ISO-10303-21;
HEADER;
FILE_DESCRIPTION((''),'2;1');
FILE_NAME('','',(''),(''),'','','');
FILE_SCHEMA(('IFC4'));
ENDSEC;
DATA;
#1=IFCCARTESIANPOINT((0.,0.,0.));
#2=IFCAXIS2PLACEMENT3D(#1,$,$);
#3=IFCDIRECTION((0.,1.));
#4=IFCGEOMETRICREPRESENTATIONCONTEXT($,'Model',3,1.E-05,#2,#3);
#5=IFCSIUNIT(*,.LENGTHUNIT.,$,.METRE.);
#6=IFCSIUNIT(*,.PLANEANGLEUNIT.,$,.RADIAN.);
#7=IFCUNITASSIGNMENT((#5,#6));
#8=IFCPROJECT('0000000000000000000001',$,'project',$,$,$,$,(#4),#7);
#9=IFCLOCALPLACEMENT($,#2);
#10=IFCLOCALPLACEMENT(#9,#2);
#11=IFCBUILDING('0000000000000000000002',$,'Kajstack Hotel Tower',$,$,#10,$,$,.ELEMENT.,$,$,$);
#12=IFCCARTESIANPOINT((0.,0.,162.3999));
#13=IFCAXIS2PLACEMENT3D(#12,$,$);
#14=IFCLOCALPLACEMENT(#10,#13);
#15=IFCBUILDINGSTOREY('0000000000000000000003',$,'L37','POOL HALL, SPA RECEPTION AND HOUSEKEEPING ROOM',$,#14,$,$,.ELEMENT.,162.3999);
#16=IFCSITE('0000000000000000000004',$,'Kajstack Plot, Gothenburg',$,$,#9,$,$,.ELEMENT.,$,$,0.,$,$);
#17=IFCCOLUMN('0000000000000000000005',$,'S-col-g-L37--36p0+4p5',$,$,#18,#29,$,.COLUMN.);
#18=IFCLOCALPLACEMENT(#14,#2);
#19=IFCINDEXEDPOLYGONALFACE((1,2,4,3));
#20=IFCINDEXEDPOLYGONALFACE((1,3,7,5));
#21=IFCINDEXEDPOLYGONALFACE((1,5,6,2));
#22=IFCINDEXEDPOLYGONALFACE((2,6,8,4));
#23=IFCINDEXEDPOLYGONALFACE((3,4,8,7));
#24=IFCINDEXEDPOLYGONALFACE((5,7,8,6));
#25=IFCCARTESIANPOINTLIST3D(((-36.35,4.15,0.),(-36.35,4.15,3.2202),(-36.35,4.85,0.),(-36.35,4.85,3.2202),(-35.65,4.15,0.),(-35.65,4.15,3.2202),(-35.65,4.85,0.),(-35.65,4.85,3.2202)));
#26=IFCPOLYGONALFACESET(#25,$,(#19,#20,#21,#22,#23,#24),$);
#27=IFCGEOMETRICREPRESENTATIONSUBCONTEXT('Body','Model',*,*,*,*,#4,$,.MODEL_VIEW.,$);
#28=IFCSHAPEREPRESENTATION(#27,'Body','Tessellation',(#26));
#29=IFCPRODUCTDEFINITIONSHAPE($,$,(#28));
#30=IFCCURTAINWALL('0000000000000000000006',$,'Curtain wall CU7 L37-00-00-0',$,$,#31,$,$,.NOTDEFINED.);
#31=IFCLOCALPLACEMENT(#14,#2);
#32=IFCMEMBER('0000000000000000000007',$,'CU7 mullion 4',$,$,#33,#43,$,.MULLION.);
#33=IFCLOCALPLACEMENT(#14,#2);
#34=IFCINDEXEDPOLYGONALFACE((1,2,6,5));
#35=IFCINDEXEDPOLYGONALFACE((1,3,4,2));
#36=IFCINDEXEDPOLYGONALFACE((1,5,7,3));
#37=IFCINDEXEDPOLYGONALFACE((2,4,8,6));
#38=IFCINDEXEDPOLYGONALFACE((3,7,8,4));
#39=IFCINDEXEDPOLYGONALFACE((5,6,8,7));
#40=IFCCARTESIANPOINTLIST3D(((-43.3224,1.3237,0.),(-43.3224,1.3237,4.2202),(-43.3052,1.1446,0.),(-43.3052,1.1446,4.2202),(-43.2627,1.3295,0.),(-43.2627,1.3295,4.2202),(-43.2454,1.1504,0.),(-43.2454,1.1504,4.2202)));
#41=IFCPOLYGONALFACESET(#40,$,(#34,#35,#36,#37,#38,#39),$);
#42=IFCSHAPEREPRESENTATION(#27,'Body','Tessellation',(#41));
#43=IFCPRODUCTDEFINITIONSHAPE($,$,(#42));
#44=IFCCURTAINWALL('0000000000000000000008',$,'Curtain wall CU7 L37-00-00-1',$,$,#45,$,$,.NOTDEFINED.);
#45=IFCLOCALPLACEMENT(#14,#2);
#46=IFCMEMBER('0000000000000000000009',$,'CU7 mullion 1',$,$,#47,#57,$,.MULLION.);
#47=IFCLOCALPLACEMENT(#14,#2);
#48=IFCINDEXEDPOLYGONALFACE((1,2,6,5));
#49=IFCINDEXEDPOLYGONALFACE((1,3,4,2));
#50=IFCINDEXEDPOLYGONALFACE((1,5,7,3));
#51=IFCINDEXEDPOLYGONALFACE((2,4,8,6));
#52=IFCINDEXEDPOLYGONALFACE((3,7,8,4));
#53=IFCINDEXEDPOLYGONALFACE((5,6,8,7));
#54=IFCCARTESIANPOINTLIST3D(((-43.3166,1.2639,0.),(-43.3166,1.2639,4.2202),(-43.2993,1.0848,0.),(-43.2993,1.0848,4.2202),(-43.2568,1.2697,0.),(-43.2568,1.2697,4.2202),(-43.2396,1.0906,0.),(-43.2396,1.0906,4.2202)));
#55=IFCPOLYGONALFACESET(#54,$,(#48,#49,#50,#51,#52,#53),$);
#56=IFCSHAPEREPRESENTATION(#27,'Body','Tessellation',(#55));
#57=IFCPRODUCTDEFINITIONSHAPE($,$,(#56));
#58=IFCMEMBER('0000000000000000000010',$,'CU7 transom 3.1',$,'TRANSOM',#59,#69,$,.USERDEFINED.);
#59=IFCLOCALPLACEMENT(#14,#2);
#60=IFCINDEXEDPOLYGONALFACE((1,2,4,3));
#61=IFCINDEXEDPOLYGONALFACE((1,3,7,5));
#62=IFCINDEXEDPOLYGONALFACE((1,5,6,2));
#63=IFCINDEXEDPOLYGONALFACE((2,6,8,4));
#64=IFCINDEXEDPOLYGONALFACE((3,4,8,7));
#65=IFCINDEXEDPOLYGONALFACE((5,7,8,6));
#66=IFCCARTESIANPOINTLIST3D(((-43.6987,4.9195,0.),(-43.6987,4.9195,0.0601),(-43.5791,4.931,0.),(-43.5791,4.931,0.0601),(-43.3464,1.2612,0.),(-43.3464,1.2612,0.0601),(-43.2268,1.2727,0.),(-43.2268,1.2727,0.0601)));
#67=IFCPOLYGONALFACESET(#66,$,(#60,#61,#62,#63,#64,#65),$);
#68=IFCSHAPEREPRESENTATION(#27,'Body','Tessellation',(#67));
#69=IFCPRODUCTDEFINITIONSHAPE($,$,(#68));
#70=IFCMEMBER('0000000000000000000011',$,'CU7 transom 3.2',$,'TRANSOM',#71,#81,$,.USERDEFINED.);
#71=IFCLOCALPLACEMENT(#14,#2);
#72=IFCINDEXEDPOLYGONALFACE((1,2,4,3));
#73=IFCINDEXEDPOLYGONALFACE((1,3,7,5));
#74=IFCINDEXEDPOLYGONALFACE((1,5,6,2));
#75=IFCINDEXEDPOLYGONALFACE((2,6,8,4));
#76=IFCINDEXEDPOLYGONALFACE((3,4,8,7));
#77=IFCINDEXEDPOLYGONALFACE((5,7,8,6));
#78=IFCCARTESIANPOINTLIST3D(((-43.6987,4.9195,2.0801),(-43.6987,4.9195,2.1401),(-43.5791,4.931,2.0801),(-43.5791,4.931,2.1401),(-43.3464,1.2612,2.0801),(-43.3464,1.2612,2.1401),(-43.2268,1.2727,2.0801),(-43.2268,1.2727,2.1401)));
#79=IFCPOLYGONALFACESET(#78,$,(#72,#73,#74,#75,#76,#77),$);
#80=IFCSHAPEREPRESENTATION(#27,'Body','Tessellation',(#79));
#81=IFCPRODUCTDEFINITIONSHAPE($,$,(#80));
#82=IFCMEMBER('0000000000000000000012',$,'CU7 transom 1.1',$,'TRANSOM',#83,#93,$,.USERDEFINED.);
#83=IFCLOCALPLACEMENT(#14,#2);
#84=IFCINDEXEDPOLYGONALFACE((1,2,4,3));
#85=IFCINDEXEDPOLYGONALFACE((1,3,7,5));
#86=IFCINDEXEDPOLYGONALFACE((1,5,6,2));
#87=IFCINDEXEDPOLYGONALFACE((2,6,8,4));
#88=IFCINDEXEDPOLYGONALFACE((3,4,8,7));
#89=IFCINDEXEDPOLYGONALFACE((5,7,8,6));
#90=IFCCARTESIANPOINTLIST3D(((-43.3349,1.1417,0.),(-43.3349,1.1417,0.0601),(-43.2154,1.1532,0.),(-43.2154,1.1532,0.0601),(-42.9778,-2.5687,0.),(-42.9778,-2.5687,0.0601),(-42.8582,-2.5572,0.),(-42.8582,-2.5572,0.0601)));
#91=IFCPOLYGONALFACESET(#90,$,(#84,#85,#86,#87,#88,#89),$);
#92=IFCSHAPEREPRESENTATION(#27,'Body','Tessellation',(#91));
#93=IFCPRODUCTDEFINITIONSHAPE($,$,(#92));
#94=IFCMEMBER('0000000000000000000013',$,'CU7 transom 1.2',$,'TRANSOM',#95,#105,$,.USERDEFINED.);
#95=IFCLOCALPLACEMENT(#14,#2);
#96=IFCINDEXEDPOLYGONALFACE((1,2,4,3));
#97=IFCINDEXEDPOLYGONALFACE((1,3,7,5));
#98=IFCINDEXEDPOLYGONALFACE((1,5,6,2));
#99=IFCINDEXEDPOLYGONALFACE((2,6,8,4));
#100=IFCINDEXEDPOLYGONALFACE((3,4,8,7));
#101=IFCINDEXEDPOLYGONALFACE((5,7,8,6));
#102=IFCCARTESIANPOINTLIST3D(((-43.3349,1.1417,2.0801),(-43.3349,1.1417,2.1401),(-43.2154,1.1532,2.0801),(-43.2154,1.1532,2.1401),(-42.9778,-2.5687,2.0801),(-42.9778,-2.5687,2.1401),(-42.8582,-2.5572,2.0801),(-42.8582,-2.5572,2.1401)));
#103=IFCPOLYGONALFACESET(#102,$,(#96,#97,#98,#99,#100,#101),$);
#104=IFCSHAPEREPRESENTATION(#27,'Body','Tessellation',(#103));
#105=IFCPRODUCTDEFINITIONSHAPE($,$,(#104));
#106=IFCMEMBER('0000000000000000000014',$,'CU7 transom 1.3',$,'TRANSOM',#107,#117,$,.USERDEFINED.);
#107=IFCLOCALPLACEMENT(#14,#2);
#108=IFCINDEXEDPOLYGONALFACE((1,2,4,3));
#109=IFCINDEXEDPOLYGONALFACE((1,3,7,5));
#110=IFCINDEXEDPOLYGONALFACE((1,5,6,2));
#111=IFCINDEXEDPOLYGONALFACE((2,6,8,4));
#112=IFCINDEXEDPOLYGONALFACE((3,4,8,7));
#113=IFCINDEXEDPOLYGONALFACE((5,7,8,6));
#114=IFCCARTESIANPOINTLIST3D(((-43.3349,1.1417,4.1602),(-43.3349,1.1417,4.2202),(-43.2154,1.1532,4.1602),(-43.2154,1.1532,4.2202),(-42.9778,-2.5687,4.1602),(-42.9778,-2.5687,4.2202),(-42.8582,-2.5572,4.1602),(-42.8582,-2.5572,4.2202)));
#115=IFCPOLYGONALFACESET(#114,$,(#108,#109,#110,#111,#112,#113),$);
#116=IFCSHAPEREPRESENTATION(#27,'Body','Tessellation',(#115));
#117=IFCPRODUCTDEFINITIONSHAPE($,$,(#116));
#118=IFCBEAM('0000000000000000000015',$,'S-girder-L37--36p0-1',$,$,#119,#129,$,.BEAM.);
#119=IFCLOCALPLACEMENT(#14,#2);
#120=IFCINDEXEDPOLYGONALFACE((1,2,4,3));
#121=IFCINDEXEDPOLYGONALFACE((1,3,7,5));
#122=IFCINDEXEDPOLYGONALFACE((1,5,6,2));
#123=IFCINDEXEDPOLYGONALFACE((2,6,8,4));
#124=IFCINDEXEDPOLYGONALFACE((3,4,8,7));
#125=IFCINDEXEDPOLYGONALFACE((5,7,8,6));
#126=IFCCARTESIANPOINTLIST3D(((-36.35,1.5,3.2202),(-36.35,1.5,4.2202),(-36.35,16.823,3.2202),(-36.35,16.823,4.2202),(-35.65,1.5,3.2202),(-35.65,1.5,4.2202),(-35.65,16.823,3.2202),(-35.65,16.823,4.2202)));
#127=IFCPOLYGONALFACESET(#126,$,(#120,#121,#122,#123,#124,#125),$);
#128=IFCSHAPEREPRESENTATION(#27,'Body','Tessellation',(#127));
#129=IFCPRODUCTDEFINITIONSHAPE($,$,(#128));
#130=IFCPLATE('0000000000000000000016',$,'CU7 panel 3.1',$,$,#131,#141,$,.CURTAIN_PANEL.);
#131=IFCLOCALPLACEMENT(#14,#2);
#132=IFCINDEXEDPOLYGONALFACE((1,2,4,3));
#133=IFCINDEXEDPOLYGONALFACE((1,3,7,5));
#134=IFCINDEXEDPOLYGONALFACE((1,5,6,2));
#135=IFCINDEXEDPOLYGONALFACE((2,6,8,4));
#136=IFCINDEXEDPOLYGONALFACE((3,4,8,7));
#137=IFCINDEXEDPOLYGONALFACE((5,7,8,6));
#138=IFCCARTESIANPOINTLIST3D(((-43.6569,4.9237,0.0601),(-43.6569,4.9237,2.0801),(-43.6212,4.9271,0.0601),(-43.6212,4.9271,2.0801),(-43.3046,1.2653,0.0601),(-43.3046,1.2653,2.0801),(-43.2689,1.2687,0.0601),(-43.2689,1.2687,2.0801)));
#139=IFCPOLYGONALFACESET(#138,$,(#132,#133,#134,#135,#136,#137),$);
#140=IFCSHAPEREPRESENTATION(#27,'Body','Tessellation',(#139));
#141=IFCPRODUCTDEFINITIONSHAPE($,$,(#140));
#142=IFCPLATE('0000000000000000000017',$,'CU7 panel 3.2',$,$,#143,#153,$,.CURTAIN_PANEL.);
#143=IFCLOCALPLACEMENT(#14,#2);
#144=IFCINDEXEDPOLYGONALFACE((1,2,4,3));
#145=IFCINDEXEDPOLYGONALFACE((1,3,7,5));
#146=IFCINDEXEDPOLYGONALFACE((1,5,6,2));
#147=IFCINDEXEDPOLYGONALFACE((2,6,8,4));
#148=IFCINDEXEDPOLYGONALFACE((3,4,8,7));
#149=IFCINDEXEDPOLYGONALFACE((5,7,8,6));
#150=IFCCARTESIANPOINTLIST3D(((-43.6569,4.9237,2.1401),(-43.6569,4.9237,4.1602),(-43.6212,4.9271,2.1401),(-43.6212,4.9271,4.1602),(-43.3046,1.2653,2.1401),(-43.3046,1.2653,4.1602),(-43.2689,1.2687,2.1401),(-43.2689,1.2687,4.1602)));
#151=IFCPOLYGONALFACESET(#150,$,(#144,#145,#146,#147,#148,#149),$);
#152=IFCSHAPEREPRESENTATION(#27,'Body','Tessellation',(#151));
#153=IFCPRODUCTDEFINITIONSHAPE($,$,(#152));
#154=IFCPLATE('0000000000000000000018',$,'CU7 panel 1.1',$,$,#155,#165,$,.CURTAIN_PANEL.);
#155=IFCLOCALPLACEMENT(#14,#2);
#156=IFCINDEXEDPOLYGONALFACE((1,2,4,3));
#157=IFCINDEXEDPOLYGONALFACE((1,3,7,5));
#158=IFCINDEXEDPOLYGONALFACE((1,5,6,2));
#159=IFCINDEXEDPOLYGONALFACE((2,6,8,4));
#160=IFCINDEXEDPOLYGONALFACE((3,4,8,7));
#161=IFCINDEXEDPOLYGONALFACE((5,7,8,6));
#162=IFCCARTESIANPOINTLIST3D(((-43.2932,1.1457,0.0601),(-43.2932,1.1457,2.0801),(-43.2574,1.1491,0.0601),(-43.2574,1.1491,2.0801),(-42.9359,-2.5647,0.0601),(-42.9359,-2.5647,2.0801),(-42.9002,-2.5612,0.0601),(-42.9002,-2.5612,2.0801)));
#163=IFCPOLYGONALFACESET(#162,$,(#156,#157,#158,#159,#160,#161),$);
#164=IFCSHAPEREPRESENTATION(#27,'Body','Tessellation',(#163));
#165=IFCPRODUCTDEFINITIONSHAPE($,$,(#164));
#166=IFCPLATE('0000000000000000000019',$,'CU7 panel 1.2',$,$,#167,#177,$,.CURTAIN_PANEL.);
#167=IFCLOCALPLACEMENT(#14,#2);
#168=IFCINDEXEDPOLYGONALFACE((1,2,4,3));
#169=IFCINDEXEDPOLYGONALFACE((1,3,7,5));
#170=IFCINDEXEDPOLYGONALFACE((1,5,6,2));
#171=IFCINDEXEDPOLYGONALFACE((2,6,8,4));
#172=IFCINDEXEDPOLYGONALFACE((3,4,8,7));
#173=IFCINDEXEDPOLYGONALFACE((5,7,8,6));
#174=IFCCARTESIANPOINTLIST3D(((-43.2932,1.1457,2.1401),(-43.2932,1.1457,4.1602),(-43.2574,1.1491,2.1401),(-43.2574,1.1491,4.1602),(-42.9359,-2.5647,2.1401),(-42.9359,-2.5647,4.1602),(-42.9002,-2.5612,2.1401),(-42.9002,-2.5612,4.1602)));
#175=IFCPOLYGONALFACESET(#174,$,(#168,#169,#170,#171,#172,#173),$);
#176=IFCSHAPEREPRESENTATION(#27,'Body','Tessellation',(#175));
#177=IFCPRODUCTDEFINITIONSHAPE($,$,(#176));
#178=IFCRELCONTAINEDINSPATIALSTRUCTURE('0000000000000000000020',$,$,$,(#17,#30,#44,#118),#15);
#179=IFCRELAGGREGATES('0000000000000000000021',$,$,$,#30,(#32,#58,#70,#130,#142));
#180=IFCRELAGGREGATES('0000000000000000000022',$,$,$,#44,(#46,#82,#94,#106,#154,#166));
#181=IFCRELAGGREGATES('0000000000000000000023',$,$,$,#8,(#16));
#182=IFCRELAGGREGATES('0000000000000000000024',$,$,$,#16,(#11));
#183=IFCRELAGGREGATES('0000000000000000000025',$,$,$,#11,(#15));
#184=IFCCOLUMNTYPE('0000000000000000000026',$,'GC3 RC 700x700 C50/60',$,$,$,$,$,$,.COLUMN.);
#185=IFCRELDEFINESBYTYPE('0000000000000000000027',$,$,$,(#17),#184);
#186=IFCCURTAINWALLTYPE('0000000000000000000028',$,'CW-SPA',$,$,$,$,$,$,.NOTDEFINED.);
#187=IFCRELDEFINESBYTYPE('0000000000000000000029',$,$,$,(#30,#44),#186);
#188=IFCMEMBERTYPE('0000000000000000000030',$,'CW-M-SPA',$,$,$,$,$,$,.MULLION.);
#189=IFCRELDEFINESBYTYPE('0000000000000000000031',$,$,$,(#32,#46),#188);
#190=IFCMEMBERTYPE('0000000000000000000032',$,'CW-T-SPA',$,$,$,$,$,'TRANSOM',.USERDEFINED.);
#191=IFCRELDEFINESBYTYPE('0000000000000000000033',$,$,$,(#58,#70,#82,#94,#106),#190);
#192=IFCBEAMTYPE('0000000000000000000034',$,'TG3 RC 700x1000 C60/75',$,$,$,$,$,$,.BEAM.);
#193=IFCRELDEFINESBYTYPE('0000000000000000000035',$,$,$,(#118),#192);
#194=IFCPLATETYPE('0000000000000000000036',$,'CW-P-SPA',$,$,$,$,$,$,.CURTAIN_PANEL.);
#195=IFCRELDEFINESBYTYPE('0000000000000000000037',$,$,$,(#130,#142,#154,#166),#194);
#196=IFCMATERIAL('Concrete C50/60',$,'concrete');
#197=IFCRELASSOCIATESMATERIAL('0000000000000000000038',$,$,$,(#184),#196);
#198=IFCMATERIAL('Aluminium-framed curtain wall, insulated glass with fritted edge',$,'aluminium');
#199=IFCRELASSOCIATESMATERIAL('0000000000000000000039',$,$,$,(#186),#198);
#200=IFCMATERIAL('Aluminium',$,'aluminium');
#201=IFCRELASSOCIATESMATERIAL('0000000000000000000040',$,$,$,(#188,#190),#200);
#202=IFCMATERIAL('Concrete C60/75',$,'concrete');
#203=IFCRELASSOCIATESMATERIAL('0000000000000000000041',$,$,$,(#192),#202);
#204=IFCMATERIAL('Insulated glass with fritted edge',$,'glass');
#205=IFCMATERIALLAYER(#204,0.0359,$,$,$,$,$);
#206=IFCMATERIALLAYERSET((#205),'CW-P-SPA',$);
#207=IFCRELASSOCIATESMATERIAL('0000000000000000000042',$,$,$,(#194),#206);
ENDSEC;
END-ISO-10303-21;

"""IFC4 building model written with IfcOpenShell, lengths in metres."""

from ifc_helpers import new_model, si_unit, direction, frame, origin, origin_2d, place, context, subcontext, project, spatial, rectangle, extrude, material, layer, layer_set, material_profile, profile_set, type_object, element, aggregate, save


model = new_model("IFC4")

# Units and contexts
model_context = context("Model", 3, precision=1e-05, world=origin(), true_north=direction((0.0, 1.0)))
body_context = subcontext(model_context, "Body", "Model", "MODEL_VIEW")
ifc_project = project(units=[si_unit("LENGTHUNIT", "METRE"), si_unit("PLANEANGLEUNIT", "RADIAN")], contexts=[model_context])

# Site, building, storey
site_placement = place(None, origin())
site = spatial("IfcSite", under=ifc_project, at=site_placement, Name="Kajstack Plot, Gothenburg", CompositionType="ELEMENT", RefElevation=0.0)
building_placement = place(site_placement, origin())
building = spatial("IfcBuilding", under=site, at=building_placement, Name="Kajstack Hotel Tower", CompositionType="ELEMENT")
storey_placement = place(building_placement, frame((0.0, 0.0, 162.3999)))
storey = spatial("IfcBuildingStorey", under=building, at=storey_placement, Name="L37", Description="POOL HALL, SPA RECEPTION AND HOUSEKEEPING ROOM", CompositionType="ELEMENT", Elevation=162.3999)

# Column
ifc_material_1 = material(Name="Concrete C50/60", Category="concrete")
ifc_material_profile_1 = material_profile(ifc_material_1, rectangle(XDim=0.7, YDim=0.7, at=origin_2d()), Name="RC 700x700")
ifc_profile_set_1 = profile_set([ifc_material_profile_1], Name="Concrete C50/60")
column_type = type_object("IfcColumnType", Name="GC3 RC 700x700 C50/60", PredefinedType="COLUMN", material=ifc_profile_set_1)
column_placement = place(storey_placement, frame((-36.0, 4.5, 0.0), z_axis=(0.0, 0.0, 1.0), x_axis=(1.0, 0.0, 0.0)))
element("IfcColumn", 1, at=column_placement, inside=storey, type_object=column_type, Name="S-col-g-L37--36p0+4p5", PredefinedType="COLUMN", context=body_context, shape_type="SweptSolid", body=[
    extrude(rectangle(XDim=0.7, YDim=0.7, at=origin_2d()), origin(), (0.0, 0.0, 1.0), 3.2202),
])

# Curtain walls, members
ifc_material_2 = material(Name="Aluminium-framed curtain wall, insulated glass with fritted edge", Category="aluminium")
curtain_wall_type = type_object("IfcCurtainWallType", Name="CW-SPA", PredefinedType="NOTDEFINED", material=ifc_material_2)
curtain_wall_1_placement = place(storey_placement, origin())
curtain_wall_1 = element("IfcCurtainWall", 2, at=curtain_wall_1_placement, inside=storey, type_object=curtain_wall_type, Name="Curtain wall CU7 L37-00-00-0", PredefinedType="NOTDEFINED")
ifc_material_3 = material(Name="Aluminium", Category="aluminium")
ifc_material_profile_2 = material_profile(ifc_material_3, rectangle(XDim=0.0601, YDim=0.1799, at=origin_2d()), Name="Aluminium mullion 60 x 180")
ifc_profile_set_2 = profile_set([ifc_material_profile_2], Name="Aluminium")
member_type_1 = type_object("IfcMemberType", Name="CW-M-SPA", PredefinedType="MULLION", material=ifc_profile_set_2)
member_1_placement = place(storey_placement, frame((-43.2839, 1.2371, 0.0), z_axis=(0.0, 0.0, 1.0), x_axis=(0.995396, 0.095844, 0.0)))
member_1 = element("IfcMember", 3, at=member_1_placement, type_object=member_type_1, Name="CU7 mullion 4", PredefinedType="MULLION", context=body_context, shape_type="SweptSolid", body=[
    extrude(rectangle(XDim=0.0601, YDim=0.1799, at=origin_2d()), origin(), (0.0, 0.0, 1.0), 4.2202),
])
curtain_wall_2_placement = place(storey_placement, origin())
curtain_wall_2 = element("IfcCurtainWall", 4, at=curtain_wall_2_placement, inside=storey, type_object=curtain_wall_type, Name="Curtain wall CU7 L37-00-00-1", PredefinedType="NOTDEFINED")
member_2_placement = place(storey_placement, frame((-43.2781, 1.1772, 0.0), z_axis=(0.0, 0.0, 1.0), x_axis=(0.995396, 0.095844, 0.0)))
member_2 = element("IfcMember", 5, at=member_2_placement, type_object=member_type_1, Name="CU7 mullion 1", PredefinedType="MULLION", context=body_context, shape_type="SweptSolid", body=[
    extrude(rectangle(XDim=0.0601, YDim=0.1799, at=origin_2d()), origin(), (0.0, 0.0, 1.0), 4.2202),
])

# Members
ifc_material_profile_3 = material_profile(ifc_material_3, rectangle(XDim=0.1201, YDim=0.0601, at=origin_2d()), Name="Aluminium transom 120 x 60")
ifc_profile_set_3 = profile_set([ifc_material_profile_3], Name="Aluminium")
member_type_2 = type_object("IfcMemberType", Name="CW-T-SPA", ElementType="TRANSOM", PredefinedType="USERDEFINED", material=ifc_profile_set_3)
member_3_placement = place(storey_placement, frame((-43.6389, 4.9253, 0.03), z_axis=(0.095853, -0.995396, 0.0), x_axis=(0.995396, 0.095853, 0.0)))
member_3 = element("IfcMember", 6, at=member_3_placement, type_object=member_type_2, Name="CU7 transom 3.1", ObjectType="TRANSOM", PredefinedType="USERDEFINED", context=body_context, shape_type="SweptSolid", body=[
    extrude(rectangle(XDim=0.1201, YDim=0.0601, at=origin_2d()), origin(), (0.0, 0.0, 1.0), 3.6753),
])
member_4_placement = place(storey_placement, frame((-43.6389, 4.9253, 2.1101), z_axis=(0.095853, -0.995396, 0.0), x_axis=(0.995396, 0.095853, 0.0)))
member_4 = element("IfcMember", 7, at=member_4_placement, type_object=member_type_2, Name="CU7 transom 3.2", ObjectType="TRANSOM", PredefinedType="USERDEFINED", context=body_context, shape_type="SweptSolid", body=[
    extrude(rectangle(XDim=0.1201, YDim=0.0601, at=origin_2d()), origin(), (0.0, 0.0, 1.0), 3.6753),
])
member_5_placement = place(storey_placement, frame((-43.2751, 1.1475, 0.03), z_axis=(0.09582, -0.995399, 0.0), x_axis=(0.995399, 0.09582, 0.0)))
member_5 = element("IfcMember", 8, at=member_5_placement, type_object=member_type_2, Name="CU7 transom 1.1", ObjectType="TRANSOM", PredefinedType="USERDEFINED", context=body_context, shape_type="SweptSolid", body=[
    extrude(rectangle(XDim=0.1201, YDim=0.0601, at=origin_2d()), origin(), (0.0, 0.0, 1.0), 3.7275),
])
member_6_placement = place(storey_placement, frame((-43.2751, 1.1475, 2.1101), z_axis=(0.09582, -0.995399, 0.0), x_axis=(0.995399, 0.09582, 0.0)))
member_6 = element("IfcMember", 9, at=member_6_placement, type_object=member_type_2, Name="CU7 transom 1.2", ObjectType="TRANSOM", PredefinedType="USERDEFINED", context=body_context, shape_type="SweptSolid", body=[
    extrude(rectangle(XDim=0.1201, YDim=0.0601, at=origin_2d()), origin(), (0.0, 0.0, 1.0), 3.7275),
])
member_7_placement = place(storey_placement, frame((-43.2751, 1.1475, 4.1902), z_axis=(0.09582, -0.995399, 0.0), x_axis=(0.995399, 0.09582, 0.0)))
member_7 = element("IfcMember", 10, at=member_7_placement, type_object=member_type_2, Name="CU7 transom 1.3", ObjectType="TRANSOM", PredefinedType="USERDEFINED", context=body_context, shape_type="SweptSolid", body=[
    extrude(rectangle(XDim=0.1201, YDim=0.0601, at=origin_2d()), origin(), (0.0, 0.0, 1.0), 3.7275),
])

# Beam
ifc_material_4 = material(Name="Concrete C60/75", Category="concrete")
ifc_material_profile_4 = material_profile(ifc_material_4, rectangle(XDim=0.7, YDim=1.0, at=origin_2d()), Name="RC 700x1000")
ifc_profile_set_4 = profile_set([ifc_material_profile_4], Name="Concrete C60/75")
beam_type = type_object("IfcBeamType", Name="TG3 RC 700x1000 C60/75", PredefinedType="BEAM", material=ifc_profile_set_4)
beam_placement = place(storey_placement, frame((-36.0, 1.5, 3.7202), z_axis=(0.0, 1.0, 0.0), x_axis=(-1.0, 0.0, 0.0)))
element("IfcBeam", 11, at=beam_placement, inside=storey, type_object=beam_type, Name="S-girder-L37--36p0-1", PredefinedType="BEAM", context=body_context, shape_type="SweptSolid", body=[
    extrude(rectangle(XDim=0.7, YDim=1.0, at=origin_2d()), origin(), (0.0, 0.0, 1.0), 15.323),
])

# Plates
ifc_material_5 = material(Name="Insulated glass with fritted edge", Category="glass")
ifc_layer_1 = layer(ifc_material_5, 0.0359)
ifc_layer_set_1 = layer_set([ifc_layer_1], Name="CW-P-SPA")
plate_type = type_object("IfcPlateType", Name="CW-P-SPA", PredefinedType="CURTAIN_PANEL", material=ifc_layer_set_1)
plate_1_placement = place(storey_placement, frame((-43.4629, 3.0962, 0.0601), z_axis=(0.0, 0.0, 1.0), x_axis=(0.095844, -0.995396, 0.0)))
plate_1 = element("IfcPlate", 12, at=plate_1_placement, type_object=plate_type, Name="CU7 panel 3.1", PredefinedType="CURTAIN_PANEL", context=body_context, shape_type="SweptSolid", body=[
    extrude(rectangle(XDim=3.6753, YDim=0.0359, at=origin_2d()), origin(), (0.0, 0.0, 1.0), 2.02),
])
plate_2_placement = place(storey_placement, frame((-43.4629, 3.0962, 2.1401), z_axis=(0.0, 0.0, 1.0), x_axis=(0.095844, -0.995396, 0.0)))
plate_2 = element("IfcPlate", 13, at=plate_2_placement, type_object=plate_type, Name="CU7 panel 3.2", PredefinedType="CURTAIN_PANEL", context=body_context, shape_type="SweptSolid", body=[
    extrude(rectangle(XDim=3.6753, YDim=0.0359, at=origin_2d()), origin(), (0.0, 0.0, 1.0), 2.02),
])
aggregate(curtain_wall_1, [member_1, member_3, member_4, plate_1, plate_2])
plate_3_placement = place(storey_placement, frame((-43.0967, -0.7078, 0.0601), z_axis=(0.0, 0.0, 1.0), x_axis=(0.095844, -0.995396, 0.0)))
plate_3 = element("IfcPlate", 14, at=plate_3_placement, type_object=plate_type, Name="CU7 panel 1.1", PredefinedType="CURTAIN_PANEL", context=body_context, shape_type="SweptSolid", body=[
    extrude(rectangle(XDim=3.7275, YDim=0.0359, at=origin_2d()), origin(), (0.0, 0.0, 1.0), 2.02),
])
plate_4_placement = place(storey_placement, frame((-43.0967, -0.7078, 2.1401), z_axis=(0.0, 0.0, 1.0), x_axis=(0.095844, -0.995396, 0.0)))
plate_4 = element("IfcPlate", 15, at=plate_4_placement, type_object=plate_type, Name="CU7 panel 1.2", PredefinedType="CURTAIN_PANEL", context=body_context, shape_type="SweptSolid", body=[
    extrude(rectangle(XDim=3.7275, YDim=0.0359, at=origin_2d()), origin(), (0.0, 0.0, 1.0), 2.02),
])
aggregate(curtain_wall_2, [member_2, member_5, member_6, member_7, plate_3, plate_4])

save(model, "model.ifc")
